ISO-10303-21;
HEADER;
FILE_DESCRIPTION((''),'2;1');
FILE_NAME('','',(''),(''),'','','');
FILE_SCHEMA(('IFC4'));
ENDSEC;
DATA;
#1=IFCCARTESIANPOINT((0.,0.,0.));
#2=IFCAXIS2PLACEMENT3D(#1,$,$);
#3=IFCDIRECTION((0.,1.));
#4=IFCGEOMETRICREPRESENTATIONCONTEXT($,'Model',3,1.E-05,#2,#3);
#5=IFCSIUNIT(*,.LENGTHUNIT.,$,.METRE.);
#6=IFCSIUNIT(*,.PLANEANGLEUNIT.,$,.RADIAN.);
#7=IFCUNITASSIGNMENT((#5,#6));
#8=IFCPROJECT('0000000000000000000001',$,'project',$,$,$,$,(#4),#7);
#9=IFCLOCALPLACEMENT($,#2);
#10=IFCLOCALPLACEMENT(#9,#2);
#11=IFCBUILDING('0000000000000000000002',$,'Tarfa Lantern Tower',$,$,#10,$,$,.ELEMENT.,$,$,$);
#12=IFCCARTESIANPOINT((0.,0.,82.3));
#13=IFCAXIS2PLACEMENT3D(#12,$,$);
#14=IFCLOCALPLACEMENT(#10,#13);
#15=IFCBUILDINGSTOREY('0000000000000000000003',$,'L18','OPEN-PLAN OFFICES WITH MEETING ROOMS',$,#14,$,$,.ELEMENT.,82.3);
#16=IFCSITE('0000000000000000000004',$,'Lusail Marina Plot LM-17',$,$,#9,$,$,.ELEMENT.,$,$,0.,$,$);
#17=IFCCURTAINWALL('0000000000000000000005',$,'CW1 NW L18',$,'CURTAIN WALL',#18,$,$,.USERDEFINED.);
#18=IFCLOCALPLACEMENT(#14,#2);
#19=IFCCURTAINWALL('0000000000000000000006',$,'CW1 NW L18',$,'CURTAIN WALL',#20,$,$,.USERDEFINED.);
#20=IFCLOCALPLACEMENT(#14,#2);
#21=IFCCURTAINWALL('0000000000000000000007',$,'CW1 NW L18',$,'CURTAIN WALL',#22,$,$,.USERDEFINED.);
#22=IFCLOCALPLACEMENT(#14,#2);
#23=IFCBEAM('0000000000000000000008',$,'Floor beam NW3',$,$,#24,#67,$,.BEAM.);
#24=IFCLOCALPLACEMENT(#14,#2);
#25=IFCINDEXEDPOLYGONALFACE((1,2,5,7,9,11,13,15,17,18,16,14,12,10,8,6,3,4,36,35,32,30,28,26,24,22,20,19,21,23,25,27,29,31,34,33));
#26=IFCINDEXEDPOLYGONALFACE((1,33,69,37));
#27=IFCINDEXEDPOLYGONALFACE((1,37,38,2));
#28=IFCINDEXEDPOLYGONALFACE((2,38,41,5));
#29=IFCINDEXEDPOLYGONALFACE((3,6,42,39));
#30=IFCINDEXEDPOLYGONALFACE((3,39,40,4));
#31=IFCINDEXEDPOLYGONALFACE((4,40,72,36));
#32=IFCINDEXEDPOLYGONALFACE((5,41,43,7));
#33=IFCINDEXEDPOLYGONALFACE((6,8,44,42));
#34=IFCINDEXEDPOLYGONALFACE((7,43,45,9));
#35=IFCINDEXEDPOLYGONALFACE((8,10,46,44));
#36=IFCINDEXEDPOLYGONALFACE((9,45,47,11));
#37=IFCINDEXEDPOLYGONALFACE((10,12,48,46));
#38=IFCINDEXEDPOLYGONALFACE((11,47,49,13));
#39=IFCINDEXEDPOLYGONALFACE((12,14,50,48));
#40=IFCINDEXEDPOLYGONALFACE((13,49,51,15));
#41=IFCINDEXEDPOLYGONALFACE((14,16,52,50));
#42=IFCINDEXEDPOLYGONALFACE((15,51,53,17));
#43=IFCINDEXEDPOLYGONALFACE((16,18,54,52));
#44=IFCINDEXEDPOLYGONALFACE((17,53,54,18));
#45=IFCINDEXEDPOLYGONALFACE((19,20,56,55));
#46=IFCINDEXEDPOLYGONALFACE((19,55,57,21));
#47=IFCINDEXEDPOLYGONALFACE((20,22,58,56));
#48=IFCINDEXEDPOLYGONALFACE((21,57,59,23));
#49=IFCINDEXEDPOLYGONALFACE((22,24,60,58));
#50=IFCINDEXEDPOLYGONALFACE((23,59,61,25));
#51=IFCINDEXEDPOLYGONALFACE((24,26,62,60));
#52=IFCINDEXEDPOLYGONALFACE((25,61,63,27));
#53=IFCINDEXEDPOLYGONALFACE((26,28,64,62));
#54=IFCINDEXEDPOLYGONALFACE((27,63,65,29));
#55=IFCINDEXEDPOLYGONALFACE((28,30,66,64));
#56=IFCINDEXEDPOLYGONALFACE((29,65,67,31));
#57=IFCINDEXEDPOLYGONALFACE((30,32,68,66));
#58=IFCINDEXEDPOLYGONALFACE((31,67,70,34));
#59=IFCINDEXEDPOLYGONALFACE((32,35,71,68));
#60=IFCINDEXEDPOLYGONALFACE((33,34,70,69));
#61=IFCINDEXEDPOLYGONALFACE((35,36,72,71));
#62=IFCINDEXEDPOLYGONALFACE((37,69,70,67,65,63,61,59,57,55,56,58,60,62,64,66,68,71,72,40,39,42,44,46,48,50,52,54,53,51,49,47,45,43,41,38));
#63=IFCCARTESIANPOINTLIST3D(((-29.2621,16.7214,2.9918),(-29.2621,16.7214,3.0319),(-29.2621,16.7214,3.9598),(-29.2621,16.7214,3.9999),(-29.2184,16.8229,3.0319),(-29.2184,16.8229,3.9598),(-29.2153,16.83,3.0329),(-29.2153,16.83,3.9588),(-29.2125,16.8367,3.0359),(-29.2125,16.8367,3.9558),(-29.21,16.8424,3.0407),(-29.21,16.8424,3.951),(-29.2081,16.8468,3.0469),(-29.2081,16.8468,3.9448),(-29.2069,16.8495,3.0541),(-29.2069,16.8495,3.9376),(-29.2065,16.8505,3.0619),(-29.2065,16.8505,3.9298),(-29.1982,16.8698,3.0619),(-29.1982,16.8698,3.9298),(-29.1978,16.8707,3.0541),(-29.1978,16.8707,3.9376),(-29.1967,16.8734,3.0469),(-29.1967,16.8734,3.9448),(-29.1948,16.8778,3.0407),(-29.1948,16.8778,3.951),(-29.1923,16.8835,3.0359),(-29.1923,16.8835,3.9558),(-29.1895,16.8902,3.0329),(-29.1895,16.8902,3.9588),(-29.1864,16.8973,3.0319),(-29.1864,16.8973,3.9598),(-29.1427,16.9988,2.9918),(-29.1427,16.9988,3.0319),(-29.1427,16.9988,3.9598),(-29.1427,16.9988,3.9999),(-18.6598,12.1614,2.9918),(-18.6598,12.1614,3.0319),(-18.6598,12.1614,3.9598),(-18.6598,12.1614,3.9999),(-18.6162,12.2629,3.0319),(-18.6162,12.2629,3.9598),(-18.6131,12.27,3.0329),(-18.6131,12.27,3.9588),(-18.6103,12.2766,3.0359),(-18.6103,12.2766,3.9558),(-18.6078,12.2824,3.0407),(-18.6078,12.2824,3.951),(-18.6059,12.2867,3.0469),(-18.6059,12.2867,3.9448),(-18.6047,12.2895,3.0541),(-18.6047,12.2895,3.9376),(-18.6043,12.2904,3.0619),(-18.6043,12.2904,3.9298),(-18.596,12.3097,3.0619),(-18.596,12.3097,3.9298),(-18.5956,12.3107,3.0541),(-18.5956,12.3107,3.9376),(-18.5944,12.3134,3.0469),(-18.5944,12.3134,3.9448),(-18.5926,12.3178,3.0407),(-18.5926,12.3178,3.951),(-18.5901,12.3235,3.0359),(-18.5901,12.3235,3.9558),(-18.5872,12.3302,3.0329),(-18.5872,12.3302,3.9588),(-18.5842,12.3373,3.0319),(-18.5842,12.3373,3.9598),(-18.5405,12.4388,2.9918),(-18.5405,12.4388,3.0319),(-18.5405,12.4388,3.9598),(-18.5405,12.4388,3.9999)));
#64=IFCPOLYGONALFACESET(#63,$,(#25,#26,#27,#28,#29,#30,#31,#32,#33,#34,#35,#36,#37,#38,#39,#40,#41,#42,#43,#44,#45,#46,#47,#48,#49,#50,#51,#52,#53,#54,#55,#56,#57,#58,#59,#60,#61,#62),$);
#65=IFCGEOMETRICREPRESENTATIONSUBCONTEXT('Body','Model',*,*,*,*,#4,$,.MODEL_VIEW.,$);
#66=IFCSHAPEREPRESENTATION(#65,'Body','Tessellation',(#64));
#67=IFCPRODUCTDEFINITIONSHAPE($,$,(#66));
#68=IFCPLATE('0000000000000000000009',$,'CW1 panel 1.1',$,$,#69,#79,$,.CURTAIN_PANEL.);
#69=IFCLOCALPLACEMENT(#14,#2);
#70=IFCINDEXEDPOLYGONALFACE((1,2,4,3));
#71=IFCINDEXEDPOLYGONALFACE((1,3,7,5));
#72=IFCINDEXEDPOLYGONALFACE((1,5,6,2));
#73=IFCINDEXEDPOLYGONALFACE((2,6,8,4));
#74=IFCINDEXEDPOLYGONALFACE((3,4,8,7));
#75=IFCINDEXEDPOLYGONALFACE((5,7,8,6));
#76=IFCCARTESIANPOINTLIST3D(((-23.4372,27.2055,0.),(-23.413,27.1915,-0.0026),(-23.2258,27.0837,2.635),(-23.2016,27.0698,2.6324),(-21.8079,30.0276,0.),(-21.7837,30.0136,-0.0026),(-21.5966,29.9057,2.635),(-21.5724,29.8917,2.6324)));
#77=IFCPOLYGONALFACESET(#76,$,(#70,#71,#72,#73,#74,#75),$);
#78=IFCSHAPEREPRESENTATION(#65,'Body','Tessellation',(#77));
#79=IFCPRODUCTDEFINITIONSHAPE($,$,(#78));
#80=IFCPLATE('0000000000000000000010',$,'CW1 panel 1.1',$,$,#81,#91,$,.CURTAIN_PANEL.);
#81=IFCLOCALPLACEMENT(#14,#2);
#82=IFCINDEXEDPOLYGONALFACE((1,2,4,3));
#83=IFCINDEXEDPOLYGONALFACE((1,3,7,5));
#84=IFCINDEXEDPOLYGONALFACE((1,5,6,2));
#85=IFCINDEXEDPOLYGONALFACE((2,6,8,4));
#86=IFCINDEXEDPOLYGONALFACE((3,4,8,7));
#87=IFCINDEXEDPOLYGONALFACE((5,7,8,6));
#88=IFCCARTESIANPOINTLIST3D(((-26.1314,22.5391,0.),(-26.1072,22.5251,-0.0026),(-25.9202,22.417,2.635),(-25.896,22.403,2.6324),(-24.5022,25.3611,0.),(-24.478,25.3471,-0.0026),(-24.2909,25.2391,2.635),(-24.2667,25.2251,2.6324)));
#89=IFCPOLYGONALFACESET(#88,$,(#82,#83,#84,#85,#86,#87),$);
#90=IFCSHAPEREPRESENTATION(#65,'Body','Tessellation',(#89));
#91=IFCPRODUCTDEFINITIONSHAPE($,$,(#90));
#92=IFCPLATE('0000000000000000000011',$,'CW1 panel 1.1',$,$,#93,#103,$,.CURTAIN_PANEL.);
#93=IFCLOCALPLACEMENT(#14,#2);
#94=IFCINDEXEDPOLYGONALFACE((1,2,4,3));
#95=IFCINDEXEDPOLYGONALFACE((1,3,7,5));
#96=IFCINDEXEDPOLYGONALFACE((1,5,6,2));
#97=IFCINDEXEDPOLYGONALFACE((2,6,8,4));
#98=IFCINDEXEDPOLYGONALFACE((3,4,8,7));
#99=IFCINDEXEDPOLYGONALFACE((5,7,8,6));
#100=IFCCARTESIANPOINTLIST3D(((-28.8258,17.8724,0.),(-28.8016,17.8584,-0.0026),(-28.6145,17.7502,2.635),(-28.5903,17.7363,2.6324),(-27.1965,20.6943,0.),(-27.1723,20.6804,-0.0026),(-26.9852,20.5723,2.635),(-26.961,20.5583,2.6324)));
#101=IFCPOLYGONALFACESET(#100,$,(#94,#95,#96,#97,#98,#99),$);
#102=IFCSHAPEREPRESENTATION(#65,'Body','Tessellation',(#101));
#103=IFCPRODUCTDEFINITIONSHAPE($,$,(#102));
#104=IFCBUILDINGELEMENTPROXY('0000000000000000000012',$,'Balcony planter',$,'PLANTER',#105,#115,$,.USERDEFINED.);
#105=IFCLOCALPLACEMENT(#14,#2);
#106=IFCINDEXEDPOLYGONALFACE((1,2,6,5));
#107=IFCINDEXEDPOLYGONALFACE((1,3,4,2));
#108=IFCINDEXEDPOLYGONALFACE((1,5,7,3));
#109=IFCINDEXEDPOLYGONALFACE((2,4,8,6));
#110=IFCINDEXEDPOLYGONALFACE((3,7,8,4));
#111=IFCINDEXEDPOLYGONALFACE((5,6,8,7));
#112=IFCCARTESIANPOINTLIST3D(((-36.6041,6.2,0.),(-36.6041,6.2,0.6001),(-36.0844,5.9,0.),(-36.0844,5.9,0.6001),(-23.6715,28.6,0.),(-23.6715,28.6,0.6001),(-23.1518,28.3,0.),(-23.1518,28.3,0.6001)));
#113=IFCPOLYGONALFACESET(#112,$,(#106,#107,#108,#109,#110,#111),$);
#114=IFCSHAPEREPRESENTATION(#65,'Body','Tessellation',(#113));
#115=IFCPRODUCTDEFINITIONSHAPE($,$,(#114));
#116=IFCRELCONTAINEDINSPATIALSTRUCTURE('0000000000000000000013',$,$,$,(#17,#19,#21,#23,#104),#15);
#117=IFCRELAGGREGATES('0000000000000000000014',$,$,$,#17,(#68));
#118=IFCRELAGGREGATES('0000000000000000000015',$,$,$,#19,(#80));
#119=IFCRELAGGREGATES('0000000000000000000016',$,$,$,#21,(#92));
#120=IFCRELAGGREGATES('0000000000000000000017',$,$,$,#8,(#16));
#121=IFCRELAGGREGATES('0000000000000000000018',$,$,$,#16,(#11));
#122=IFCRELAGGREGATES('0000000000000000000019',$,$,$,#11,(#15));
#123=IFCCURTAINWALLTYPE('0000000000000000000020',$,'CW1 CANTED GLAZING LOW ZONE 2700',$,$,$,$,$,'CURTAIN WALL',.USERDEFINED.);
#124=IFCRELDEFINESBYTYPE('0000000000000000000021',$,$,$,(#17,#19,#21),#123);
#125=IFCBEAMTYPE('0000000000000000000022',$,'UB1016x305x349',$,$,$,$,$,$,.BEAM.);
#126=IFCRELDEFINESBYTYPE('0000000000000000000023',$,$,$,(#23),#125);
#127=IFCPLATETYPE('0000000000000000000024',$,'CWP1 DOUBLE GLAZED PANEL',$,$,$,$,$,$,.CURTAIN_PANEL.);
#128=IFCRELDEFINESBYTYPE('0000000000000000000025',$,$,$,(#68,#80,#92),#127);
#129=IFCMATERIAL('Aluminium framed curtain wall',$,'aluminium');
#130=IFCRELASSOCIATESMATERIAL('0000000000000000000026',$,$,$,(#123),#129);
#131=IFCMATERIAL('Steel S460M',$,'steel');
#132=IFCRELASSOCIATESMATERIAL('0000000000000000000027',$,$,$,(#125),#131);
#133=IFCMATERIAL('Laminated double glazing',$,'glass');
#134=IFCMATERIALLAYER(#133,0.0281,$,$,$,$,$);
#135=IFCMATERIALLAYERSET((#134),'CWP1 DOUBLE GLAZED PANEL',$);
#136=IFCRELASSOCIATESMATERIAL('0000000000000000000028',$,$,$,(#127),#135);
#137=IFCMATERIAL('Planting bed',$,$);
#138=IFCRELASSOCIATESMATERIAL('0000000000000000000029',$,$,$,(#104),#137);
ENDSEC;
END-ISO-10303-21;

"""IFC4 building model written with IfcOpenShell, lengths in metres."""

from ifc_helpers import new_model, si_unit, direction, frame, origin, origin_2d, place, context, subcontext, project, spatial, polyline, rectangle, i_section, outline, extrude, material, layer, layer_set, material_profile, profile_set, type_object, element, aggregate, save


model = new_model("IFC4")

# Units and contexts
model_context = context("Model", 3, precision=1e-05, world=origin(), true_north=direction((0.0, 1.0)))
body_context = subcontext(model_context, "Body", "Model", "MODEL_VIEW")
ifc_project = project(units=[si_unit("LENGTHUNIT", "METRE"), si_unit("PLANEANGLEUNIT", "RADIAN")], contexts=[model_context])

# Site, building, storey
site_placement = place(None, origin())
site = spatial("IfcSite", under=ifc_project, at=site_placement, Name="Lusail Marina Plot LM-17", CompositionType="ELEMENT", RefElevation=0.0)
building_placement = place(site_placement, origin())
building = spatial("IfcBuilding", under=site, at=building_placement, Name="Tarfa Lantern Tower", CompositionType="ELEMENT")
storey_placement = place(building_placement, frame((0.0, 0.0, 82.3)))
storey = spatial("IfcBuildingStorey", under=building, at=storey_placement, Name="L18", Description="OPEN-PLAN OFFICES WITH MEETING ROOMS", CompositionType="ELEMENT", Elevation=82.3)

# Curtain walls
ifc_material_1 = material(Name="Aluminium framed curtain wall", Category="aluminium")
curtain_wall_type = type_object("IfcCurtainWallType", Name="CW1 CANTED GLAZING LOW ZONE 2700", ElementType="CURTAIN WALL", PredefinedType="USERDEFINED", material=ifc_material_1)
curtain_wall_1_placement = place(storey_placement, origin())
curtain_wall_1 = element("IfcCurtainWall", 1, at=curtain_wall_1_placement, inside=storey, type_object=curtain_wall_type, Name="CW1 NW L18", ObjectType="CURTAIN WALL", PredefinedType="USERDEFINED")
curtain_wall_2_placement = place(storey_placement, origin())
curtain_wall_2 = element("IfcCurtainWall", 2, at=curtain_wall_2_placement, inside=storey, type_object=curtain_wall_type, Name="CW1 NW L18", ObjectType="CURTAIN WALL", PredefinedType="USERDEFINED")
curtain_wall_3_placement = place(storey_placement, origin())
curtain_wall_3 = element("IfcCurtainWall", 3, at=curtain_wall_3_placement, inside=storey, type_object=curtain_wall_type, Name="CW1 NW L18", ObjectType="CURTAIN WALL", PredefinedType="USERDEFINED")

# Beam
ifc_material_2 = material(Name="Steel S460M", Category="steel")
ifc_material_profile_1 = material_profile(ifc_material_2, i_section(OverallWidth=0.302, OverallDepth=1.0081, WebThickness=0.021, FlangeThickness=0.04, FilletRadius=0.03, at=origin_2d()), Name="UB1016x305x349")
ifc_profile_set_1 = profile_set([ifc_material_profile_1], Name="Steel S460M")
beam_type_1 = type_object("IfcBeamType", Name="UB1016x305x349", PredefinedType="BEAM", material=ifc_profile_set_1)
beam_1_placement = place(storey_placement, frame((-29.2024, 16.8601, 3.4958), z_axis=(0.918635, -0.395106, 0.0), x_axis=(0.395106, 0.918635, 0.0)))
element("IfcBeam", 4, at=beam_1_placement, inside=storey, type_object=beam_type_1, Name="Floor beam NW3", PredefinedType="BEAM", context=body_context, shape_type="SweptSolid", body=[
    extrude(i_section(OverallWidth=0.302, OverallDepth=1.0081, WebThickness=0.021, FlangeThickness=0.04, FilletRadius=0.03, at=origin_2d()), origin(), (0.0, 0.0, 1.0), 11.5413),
])

# Plates
ifc_material_3 = material(Name="Laminated double glazing", Category="glass")
ifc_layer = layer(ifc_material_3, 0.0281)
ifc_layer_set = layer_set([ifc_layer], Name="CWP1 DOUBLE GLAZED PANEL")
plate_type = type_object("IfcPlateType", Name="CWP1 DOUBLE GLAZED PANEL", PredefinedType="CURTAIN_PANEL", material=ifc_layer_set)
plate_1_placement = place(storey_placement, frame((-21.8079, 30.0276, 0.0), z_axis=(-0.862342, 0.497867, 0.09217), x_axis=(-0.499995, -0.866028, -0.000003)))
plate_1 = element("IfcPlate", 5, at=plate_1_placement, type_object=plate_type, Name="CW1 panel 1.1", PredefinedType="CURTAIN_PANEL", context=body_context, shape_type="SweptSolid", body=[
    extrude(outline(polyline([(0.0, 0.0), (3.2586, 0.0), (3.2584, 2.6463), (-0.0001, 2.6463), (0.0, 0.0)])), origin(), (0.0, 0.0, -1.0), 0.0281),
])
aggregate(curtain_wall_1, [plate_1])
plate_2_placement = place(storey_placement, frame((-24.5022, 25.3611, 0.0), z_axis=(-0.862338, 0.497864, 0.092216), x_axis=(-0.499995, -0.866029, 0.000003)))
plate_2 = element("IfcPlate", 6, at=plate_2_placement, type_object=plate_type, Name="CW1 panel 1.1", PredefinedType="CURTAIN_PANEL", context=body_context, shape_type="SweptSolid", body=[
    extrude(outline(polyline([(0.0, 0.0), (3.2585, 0.0), (3.2587, 2.6463), (0.0, 2.6463), (0.0, 0.0)])), origin(), (0.0, 0.0, -1.0), 0.0281),
])
aggregate(curtain_wall_2, [plate_2])
plate_3_placement = place(storey_placement, frame((-27.1965, 20.6943, 0.0), z_axis=(-0.862338, 0.497864, 0.092216), x_axis=(-0.499995, -0.866029, 0.000003)))
plate_3 = element("IfcPlate", 7, at=plate_3_placement, type_object=plate_type, Name="CW1 panel 1.1", PredefinedType="CURTAIN_PANEL", context=body_context, shape_type="SweptSolid", body=[
    extrude(outline(polyline([(0.0, 0.0), (3.2585, 0.0), (3.2587, 2.6463), (0.0, 2.6463), (0.0, 0.0)])), origin(), (0.0, 0.0, -1.0), 0.0281),
])
aggregate(curtain_wall_3, [plate_3])

# Building element proxy
ifc_material_4 = material(Name="Planting bed")
proxy_placement = place(storey_placement, frame((-29.8779, 17.25, 0.0), z_axis=(0.0, 0.0, 1.0), x_axis=(-0.5, -0.866025, 0.0)))
element("IfcBuildingElementProxy", 8, at=proxy_placement, inside=storey, material=ifc_material_4, Name="Balcony planter", ObjectType="PLANTER", PredefinedType="USERDEFINED", context=body_context, shape_type="SweptSolid", body=[
    extrude(rectangle(XDim=25.8652, YDim=0.6001, at=origin_2d()), origin(), (0.0, 0.0, 1.0), 0.6001),
])

save(model, "model.ifc")
